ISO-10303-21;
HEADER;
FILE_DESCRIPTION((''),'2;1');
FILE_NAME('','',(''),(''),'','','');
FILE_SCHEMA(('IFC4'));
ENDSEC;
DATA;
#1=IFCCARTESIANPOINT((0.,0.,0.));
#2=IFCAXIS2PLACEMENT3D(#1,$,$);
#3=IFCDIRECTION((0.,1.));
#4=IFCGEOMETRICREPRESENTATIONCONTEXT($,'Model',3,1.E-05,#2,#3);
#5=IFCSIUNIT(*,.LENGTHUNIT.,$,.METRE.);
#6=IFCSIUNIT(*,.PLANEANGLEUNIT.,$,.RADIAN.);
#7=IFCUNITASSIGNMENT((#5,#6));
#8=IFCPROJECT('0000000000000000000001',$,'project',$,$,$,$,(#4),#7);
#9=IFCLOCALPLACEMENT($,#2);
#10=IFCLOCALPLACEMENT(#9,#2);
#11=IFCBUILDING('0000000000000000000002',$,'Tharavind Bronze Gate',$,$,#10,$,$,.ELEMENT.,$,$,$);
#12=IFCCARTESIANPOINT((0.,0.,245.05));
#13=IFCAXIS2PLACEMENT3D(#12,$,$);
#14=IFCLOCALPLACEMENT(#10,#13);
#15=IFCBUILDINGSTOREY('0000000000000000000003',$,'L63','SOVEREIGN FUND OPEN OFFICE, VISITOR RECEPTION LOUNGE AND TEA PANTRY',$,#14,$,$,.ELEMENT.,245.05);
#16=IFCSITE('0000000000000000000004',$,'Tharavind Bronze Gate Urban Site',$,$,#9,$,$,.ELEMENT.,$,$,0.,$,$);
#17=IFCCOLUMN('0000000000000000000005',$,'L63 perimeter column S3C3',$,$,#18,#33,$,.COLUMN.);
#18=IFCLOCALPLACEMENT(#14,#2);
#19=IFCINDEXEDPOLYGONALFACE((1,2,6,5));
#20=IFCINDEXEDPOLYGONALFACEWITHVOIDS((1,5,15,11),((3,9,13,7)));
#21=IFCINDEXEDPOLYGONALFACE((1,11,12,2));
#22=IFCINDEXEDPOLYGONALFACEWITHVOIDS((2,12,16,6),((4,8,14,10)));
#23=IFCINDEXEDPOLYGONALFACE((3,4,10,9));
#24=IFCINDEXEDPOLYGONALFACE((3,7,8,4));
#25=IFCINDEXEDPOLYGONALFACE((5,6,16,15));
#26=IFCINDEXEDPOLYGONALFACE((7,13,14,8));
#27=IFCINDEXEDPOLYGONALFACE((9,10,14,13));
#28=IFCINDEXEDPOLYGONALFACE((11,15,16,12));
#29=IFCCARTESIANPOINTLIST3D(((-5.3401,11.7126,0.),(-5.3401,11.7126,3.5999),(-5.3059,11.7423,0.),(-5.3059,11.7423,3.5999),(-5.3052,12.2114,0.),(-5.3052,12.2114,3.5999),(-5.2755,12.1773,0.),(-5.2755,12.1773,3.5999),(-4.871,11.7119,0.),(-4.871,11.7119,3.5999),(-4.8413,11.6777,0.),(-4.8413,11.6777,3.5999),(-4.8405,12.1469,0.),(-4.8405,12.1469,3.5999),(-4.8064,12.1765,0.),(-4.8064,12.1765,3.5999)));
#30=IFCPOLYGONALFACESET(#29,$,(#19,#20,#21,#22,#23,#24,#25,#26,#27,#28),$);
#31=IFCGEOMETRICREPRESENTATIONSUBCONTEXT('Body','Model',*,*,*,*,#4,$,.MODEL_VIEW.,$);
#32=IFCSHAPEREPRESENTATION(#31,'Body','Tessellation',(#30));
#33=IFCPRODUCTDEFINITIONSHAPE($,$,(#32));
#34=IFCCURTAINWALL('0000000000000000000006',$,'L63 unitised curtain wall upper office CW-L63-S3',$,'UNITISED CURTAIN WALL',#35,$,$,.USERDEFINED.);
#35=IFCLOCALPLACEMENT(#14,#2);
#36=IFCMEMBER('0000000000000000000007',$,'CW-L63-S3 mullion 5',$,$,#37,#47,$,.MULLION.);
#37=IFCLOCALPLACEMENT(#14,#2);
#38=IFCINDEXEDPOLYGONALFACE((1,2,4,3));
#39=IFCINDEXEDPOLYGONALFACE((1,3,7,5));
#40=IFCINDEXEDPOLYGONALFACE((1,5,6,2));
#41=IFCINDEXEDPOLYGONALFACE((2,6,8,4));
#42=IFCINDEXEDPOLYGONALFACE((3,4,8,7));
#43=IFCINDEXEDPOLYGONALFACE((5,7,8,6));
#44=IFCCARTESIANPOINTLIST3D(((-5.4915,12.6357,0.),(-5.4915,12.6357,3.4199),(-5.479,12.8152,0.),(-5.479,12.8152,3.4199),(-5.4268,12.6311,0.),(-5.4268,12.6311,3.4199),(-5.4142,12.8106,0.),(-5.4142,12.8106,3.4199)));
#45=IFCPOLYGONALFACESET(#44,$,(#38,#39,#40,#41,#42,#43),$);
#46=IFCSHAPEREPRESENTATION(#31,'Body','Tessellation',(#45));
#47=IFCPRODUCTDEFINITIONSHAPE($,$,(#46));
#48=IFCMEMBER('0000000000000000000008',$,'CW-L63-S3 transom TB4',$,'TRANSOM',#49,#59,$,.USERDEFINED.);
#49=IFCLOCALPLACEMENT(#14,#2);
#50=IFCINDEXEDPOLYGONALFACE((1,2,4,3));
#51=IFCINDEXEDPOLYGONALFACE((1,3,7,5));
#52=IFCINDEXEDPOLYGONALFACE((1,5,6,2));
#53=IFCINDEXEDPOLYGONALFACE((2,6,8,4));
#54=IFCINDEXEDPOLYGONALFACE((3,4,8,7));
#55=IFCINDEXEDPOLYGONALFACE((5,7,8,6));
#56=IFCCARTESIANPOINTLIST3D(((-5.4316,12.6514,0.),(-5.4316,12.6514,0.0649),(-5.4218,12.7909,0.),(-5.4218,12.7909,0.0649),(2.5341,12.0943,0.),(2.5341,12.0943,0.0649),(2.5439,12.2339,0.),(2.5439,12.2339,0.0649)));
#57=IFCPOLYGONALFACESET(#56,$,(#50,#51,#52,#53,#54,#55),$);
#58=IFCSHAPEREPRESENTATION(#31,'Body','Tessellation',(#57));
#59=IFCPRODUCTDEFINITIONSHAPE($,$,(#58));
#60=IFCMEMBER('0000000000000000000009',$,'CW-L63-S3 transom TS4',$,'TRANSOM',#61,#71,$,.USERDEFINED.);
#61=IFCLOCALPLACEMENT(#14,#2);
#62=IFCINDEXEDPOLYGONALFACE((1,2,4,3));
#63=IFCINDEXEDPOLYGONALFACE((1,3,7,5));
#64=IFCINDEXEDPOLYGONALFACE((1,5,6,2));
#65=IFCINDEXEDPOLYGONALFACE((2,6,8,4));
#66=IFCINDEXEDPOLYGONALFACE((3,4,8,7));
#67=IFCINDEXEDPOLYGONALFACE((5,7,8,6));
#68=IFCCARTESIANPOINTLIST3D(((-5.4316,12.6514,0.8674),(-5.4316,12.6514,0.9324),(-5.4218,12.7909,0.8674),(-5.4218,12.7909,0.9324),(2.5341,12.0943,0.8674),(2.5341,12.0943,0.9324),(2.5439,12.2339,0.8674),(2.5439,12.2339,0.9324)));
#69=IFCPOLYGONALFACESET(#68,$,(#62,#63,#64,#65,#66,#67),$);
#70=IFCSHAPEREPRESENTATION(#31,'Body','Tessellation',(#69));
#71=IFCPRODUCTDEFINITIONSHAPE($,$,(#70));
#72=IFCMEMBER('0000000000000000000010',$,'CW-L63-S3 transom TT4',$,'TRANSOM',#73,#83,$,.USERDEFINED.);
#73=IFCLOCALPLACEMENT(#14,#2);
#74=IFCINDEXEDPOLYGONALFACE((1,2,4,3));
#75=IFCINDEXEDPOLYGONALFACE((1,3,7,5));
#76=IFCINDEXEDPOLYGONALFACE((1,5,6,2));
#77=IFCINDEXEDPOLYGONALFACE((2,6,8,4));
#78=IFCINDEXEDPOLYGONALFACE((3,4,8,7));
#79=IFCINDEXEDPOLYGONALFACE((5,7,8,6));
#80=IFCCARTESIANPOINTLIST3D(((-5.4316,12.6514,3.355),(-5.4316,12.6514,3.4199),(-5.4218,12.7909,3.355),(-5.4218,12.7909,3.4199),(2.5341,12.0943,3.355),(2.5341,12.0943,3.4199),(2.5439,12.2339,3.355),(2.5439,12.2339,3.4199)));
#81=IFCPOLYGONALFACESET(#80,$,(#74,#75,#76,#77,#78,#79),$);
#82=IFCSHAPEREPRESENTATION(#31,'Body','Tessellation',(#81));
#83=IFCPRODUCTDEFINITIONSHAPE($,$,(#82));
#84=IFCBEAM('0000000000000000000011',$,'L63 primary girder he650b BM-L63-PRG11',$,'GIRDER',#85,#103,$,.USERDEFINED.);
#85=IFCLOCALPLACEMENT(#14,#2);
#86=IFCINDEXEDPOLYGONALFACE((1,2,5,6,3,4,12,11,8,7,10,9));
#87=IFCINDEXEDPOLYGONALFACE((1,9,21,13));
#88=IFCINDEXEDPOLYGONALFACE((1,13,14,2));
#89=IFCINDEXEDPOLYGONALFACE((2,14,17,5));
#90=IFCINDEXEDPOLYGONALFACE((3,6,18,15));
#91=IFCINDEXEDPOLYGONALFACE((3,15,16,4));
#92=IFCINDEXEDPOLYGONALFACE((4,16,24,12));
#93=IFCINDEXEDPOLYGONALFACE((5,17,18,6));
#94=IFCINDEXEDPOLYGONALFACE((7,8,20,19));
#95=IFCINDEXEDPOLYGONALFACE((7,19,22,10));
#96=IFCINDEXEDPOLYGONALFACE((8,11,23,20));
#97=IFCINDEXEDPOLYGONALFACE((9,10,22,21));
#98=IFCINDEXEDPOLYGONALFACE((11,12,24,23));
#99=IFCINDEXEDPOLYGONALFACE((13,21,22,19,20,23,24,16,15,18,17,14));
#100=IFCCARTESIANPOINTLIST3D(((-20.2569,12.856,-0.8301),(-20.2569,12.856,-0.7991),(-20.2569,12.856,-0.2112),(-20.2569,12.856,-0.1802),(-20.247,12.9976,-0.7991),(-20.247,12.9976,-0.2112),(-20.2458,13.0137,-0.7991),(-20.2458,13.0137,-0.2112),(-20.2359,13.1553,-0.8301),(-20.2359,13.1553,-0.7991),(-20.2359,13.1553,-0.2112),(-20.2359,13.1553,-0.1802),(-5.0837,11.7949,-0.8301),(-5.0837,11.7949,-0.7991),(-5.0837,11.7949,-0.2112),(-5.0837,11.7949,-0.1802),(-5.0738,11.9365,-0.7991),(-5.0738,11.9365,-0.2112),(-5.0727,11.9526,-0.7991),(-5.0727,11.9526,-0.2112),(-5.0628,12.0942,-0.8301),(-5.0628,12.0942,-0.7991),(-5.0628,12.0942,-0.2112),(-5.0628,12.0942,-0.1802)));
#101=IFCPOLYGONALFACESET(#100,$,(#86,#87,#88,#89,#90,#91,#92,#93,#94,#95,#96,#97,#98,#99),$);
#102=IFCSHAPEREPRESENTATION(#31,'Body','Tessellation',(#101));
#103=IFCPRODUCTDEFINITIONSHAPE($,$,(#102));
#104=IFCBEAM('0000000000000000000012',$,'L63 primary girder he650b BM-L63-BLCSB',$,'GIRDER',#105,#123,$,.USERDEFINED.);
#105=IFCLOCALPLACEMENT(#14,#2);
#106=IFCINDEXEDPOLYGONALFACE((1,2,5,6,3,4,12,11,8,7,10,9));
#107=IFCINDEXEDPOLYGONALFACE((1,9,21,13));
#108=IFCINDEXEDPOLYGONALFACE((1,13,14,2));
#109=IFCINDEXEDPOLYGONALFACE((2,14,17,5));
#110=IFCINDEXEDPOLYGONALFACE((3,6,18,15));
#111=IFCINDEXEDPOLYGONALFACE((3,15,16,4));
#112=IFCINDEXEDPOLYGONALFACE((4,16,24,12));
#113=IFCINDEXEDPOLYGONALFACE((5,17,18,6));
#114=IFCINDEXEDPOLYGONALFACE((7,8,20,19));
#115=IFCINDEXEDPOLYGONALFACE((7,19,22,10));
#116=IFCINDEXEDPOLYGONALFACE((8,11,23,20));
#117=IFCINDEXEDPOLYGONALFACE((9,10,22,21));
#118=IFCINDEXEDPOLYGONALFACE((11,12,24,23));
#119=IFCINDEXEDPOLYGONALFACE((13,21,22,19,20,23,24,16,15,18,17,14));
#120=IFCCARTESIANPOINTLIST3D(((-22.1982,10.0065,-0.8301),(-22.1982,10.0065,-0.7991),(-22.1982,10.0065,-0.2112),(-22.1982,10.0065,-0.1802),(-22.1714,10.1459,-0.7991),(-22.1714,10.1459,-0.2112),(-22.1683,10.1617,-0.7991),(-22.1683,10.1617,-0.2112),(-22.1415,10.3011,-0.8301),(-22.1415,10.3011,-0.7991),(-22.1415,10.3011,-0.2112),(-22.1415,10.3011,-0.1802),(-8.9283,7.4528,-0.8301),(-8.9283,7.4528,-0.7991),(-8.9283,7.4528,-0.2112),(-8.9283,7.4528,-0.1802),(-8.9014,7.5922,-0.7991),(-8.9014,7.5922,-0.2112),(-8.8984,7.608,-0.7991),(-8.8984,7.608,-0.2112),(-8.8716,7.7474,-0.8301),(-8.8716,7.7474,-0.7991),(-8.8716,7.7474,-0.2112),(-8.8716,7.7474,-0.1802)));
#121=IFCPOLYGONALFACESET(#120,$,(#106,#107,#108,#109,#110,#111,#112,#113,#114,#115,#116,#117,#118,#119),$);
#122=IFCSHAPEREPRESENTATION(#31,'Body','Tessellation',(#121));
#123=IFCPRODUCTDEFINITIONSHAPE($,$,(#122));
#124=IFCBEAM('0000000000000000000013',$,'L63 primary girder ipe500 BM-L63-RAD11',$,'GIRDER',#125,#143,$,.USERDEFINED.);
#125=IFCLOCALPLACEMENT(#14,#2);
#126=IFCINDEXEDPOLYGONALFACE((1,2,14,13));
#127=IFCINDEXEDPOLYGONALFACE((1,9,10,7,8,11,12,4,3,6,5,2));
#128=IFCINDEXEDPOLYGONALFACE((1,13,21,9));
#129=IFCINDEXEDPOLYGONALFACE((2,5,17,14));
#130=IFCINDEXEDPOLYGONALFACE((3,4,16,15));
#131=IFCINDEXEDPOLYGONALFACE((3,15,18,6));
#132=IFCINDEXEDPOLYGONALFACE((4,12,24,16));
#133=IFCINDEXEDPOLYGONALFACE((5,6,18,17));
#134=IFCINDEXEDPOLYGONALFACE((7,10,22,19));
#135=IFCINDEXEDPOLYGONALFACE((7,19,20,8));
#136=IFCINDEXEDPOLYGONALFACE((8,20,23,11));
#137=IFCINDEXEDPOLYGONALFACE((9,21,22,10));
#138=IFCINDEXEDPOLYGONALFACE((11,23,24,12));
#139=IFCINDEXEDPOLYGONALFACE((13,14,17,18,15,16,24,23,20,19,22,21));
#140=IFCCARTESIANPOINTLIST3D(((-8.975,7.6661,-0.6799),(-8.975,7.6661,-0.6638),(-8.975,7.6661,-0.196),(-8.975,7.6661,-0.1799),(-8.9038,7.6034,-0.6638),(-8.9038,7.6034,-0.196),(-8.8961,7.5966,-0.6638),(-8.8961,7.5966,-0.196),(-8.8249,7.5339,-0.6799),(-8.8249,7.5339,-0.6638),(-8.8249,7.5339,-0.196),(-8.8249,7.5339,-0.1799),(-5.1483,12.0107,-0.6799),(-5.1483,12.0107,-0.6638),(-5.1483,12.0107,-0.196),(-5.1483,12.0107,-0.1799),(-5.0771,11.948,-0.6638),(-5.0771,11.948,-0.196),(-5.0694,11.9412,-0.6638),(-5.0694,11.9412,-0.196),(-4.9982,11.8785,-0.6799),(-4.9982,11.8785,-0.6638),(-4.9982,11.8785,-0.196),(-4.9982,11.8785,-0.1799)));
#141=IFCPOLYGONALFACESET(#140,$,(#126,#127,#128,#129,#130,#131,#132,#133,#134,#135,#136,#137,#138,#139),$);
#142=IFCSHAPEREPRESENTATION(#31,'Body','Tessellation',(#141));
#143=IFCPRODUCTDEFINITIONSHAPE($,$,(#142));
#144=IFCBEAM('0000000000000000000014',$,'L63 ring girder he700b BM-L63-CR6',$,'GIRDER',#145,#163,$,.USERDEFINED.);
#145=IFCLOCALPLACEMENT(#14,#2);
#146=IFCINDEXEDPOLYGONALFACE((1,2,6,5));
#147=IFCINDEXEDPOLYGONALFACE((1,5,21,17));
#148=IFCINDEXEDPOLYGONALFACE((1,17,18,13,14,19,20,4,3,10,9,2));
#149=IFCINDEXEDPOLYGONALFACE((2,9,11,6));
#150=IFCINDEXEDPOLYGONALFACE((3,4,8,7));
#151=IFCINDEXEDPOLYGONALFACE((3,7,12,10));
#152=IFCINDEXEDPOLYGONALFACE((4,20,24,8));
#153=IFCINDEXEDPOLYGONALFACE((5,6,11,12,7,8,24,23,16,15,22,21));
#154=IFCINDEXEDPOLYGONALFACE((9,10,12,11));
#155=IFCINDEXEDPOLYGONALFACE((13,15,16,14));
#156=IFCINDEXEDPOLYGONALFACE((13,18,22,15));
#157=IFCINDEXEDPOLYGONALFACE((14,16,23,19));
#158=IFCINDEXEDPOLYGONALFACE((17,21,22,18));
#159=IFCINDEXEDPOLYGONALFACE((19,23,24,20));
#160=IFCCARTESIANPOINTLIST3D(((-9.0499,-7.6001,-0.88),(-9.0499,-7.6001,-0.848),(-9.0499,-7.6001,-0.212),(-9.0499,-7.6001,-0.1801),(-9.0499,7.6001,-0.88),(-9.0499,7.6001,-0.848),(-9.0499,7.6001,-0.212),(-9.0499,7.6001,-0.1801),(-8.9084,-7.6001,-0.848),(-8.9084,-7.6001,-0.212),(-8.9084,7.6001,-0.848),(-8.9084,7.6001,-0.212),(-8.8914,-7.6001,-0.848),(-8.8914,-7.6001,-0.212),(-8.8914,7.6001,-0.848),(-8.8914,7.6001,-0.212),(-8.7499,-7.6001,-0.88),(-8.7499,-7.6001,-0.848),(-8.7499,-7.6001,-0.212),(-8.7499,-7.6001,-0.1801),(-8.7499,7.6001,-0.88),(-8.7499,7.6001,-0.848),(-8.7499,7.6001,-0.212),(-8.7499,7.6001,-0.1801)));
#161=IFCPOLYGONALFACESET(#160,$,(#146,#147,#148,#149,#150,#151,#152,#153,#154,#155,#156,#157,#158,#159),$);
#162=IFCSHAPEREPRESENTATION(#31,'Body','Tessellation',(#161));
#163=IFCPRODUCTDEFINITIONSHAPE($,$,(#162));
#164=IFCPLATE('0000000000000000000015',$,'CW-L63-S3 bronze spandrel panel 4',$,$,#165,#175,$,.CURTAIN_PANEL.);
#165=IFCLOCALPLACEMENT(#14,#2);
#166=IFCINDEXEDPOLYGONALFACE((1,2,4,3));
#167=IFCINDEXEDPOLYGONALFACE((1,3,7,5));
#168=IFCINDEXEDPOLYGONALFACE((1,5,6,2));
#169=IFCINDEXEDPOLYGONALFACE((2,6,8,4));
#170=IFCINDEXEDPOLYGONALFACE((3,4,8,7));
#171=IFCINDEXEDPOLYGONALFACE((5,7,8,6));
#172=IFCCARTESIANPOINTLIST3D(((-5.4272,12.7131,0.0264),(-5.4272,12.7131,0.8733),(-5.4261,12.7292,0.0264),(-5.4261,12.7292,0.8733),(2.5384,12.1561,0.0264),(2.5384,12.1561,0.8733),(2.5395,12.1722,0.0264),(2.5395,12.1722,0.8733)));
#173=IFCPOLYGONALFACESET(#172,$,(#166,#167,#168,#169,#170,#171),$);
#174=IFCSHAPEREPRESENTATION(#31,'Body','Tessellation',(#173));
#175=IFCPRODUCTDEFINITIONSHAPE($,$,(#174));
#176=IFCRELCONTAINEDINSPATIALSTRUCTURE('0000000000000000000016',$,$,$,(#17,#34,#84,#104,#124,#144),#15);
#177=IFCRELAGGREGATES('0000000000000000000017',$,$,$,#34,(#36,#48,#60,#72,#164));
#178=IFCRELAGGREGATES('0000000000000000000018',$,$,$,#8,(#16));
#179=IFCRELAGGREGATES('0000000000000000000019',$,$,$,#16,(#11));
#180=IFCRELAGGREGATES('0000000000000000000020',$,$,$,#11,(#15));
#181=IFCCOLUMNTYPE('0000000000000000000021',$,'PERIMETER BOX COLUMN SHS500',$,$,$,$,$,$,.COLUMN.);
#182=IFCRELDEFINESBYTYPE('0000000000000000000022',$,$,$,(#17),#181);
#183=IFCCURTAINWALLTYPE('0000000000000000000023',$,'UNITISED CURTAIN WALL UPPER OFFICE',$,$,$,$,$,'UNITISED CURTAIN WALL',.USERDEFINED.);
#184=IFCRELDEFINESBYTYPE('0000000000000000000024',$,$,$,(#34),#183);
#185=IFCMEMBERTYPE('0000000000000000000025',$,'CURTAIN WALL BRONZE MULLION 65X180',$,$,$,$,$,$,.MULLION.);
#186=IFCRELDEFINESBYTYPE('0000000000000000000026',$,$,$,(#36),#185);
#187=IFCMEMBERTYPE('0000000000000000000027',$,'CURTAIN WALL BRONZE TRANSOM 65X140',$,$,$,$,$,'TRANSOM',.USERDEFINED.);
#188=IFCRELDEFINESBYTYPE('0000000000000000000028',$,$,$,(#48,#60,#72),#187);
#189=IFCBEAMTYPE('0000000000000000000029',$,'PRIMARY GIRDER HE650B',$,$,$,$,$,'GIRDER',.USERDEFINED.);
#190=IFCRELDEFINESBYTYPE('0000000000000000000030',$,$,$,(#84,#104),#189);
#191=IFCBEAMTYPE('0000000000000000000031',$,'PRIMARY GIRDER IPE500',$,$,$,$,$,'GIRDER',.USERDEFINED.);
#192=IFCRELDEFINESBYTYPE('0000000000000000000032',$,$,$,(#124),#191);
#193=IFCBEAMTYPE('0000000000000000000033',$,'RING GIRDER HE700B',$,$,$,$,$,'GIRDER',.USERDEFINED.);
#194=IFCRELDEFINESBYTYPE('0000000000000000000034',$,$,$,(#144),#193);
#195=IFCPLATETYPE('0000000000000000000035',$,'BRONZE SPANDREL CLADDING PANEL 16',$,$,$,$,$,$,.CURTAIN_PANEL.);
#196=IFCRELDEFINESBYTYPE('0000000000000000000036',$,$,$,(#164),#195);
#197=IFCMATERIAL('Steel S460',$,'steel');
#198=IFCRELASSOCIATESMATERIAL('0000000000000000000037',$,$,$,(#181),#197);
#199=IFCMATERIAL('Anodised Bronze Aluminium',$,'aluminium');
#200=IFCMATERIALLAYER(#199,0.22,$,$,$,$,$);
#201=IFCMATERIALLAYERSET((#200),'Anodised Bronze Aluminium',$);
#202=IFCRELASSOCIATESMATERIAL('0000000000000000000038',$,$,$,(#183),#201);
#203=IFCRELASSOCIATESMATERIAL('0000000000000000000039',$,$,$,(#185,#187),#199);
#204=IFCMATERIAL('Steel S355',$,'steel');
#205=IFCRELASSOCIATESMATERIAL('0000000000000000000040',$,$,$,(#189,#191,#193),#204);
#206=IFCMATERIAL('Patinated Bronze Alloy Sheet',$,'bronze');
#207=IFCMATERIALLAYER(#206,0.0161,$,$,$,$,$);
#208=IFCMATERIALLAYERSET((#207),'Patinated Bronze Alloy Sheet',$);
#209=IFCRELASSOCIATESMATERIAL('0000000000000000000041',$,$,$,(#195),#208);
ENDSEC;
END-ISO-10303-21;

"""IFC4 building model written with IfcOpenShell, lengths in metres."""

from ifc_helpers import new_model, si_unit, direction, frame, origin, origin_2d, place, context, subcontext, project, spatial, rectangle, hollow_rectangle, i_section, extrude, material, layer, layer_set, material_profile, profile_set, type_object, element, aggregate, save


model = new_model("IFC4")

# Units and contexts
model_context = context("Model", 3, precision=1e-05, world=origin(), true_north=direction((0.0, 1.0)))
body_context = subcontext(model_context, "Body", "Model", "MODEL_VIEW")
ifc_project = project(units=[si_unit("LENGTHUNIT", "METRE"), si_unit("PLANEANGLEUNIT", "RADIAN")], contexts=[model_context])

# Site, building, storey
site_placement = place(None, origin())
site = spatial("IfcSite", under=ifc_project, at=site_placement, Name="Tharavind Bronze Gate Urban Site", CompositionType="ELEMENT", RefElevation=0.0)
building_placement = place(site_placement, origin())
building = spatial("IfcBuilding", under=site, at=building_placement, Name="Tharavind Bronze Gate", CompositionType="ELEMENT")
storey_placement = place(building_placement, frame((0.0, 0.0, 245.05)))
storey = spatial("IfcBuildingStorey", under=building, at=storey_placement, Name="L63", Description="SOVEREIGN FUND OPEN OFFICE, VISITOR RECEPTION LOUNGE AND TEA PANTRY", CompositionType="ELEMENT", Elevation=245.05)

# Column
ifc_material_1 = material(Name="Steel S460", Category="steel")
ifc_material_profile_1 = material_profile(ifc_material_1, hollow_rectangle(XDim=0.5, YDim=0.5, WallThickness=0.032, at=origin_2d()), Name="SHS500X32")
ifc_profile_set_1 = profile_set([ifc_material_profile_1], Name="Steel S460")
column_type = type_object("IfcColumnType", Name="PERIMETER BOX COLUMN SHS500", PredefinedType="COLUMN", material=ifc_profile_set_1)
column_placement = place(storey_placement, frame((-5.0732, 11.9446, 0.0), z_axis=(0.0, 0.0, 1.0), x_axis=(-0.997564, 0.069756, 0.0)))
element("IfcColumn", 1, at=column_placement, inside=storey, type_object=column_type, Name="L63 perimeter column S3C3", PredefinedType="COLUMN", context=body_context, shape_type="SweptSolid", body=[
    extrude(hollow_rectangle(XDim=0.5, YDim=0.5, WallThickness=0.032, at=origin_2d()), origin(), (0.0, 0.0, 1.0), 3.5999),
])

# Curtain wall, members
ifc_material_2 = material(Name="Anodised Bronze Aluminium", Category="aluminium")
ifc_layer_1 = layer(ifc_material_2, 0.22)
ifc_layer_set_1 = layer_set([ifc_layer_1], Name="Anodised Bronze Aluminium")
curtain_wall_type = type_object("IfcCurtainWallType", Name="UNITISED CURTAIN WALL UPPER OFFICE", ElementType="UNITISED CURTAIN WALL", PredefinedType="USERDEFINED", material=ifc_layer_set_1)
curtain_wall_placement = place(storey_placement, origin())
curtain_wall = element("IfcCurtainWall", 2, at=curtain_wall_placement, inside=storey, type_object=curtain_wall_type, Name="L63 unitised curtain wall upper office CW-L63-S3", ObjectType="UNITISED CURTAIN WALL", PredefinedType="USERDEFINED")
member_type_1 = type_object("IfcMemberType", Name="CURTAIN WALL BRONZE MULLION 65X180", PredefinedType="MULLION", material=ifc_material_2)
member_1_placement = place(storey_placement, frame((-5.4529, 12.7231, 0.0), z_axis=(0.0, 0.0, 1.0), x_axis=(-0.997564, 0.069758, 0.0)))
member_1 = element("IfcMember", 3, at=member_1_placement, type_object=member_type_1, Name="CW-L63-S3 mullion 5", PredefinedType="MULLION", context=body_context, shape_type="SweptSolid", body=[
    extrude(rectangle(XDim=0.0649, YDim=0.1799, at=origin_2d()), origin(), (0.0, 0.0, 1.0), 3.4199),
])
member_type_2 = type_object("IfcMemberType", Name="CURTAIN WALL BRONZE TRANSOM 65X140", ElementType="TRANSOM", PredefinedType="USERDEFINED", material=ifc_material_2)
member_2_placement = place(storey_placement, frame((-1.4438, 12.4426, 0.0), z_axis=(0.0, 0.0, 1.0), x_axis=(-0.997564, 0.069758, 0.0)))
member_2 = element("IfcMember", 4, at=member_2_placement, type_object=member_type_2, Name="CW-L63-S3 transom TB4", ObjectType="TRANSOM", PredefinedType="USERDEFINED", context=body_context, shape_type="SweptSolid", body=[
    extrude(rectangle(XDim=7.9851, YDim=0.1399, at=origin_2d()), origin(), (0.0, 0.0, 1.0), 0.0649),
])
member_3_placement = place(storey_placement, frame((-1.4438, 12.4426, 0.8674), z_axis=(0.0, 0.0, 1.0), x_axis=(-0.997564, 0.069758, 0.0)))
member_3 = element("IfcMember", 5, at=member_3_placement, type_object=member_type_2, Name="CW-L63-S3 transom TS4", ObjectType="TRANSOM", PredefinedType="USERDEFINED", context=body_context, shape_type="SweptSolid", body=[
    extrude(rectangle(XDim=7.9851, YDim=0.1399, at=origin_2d()), origin(), (0.0, 0.0, 1.0), 0.0649),
])
member_4_placement = place(storey_placement, frame((-1.4438, 12.4426, 3.355), z_axis=(0.0, 0.0, 1.0), x_axis=(-0.997564, 0.069758, 0.0)))
member_4 = element("IfcMember", 6, at=member_4_placement, type_object=member_type_2, Name="CW-L63-S3 transom TT4", ObjectType="TRANSOM", PredefinedType="USERDEFINED", context=body_context, shape_type="SweptSolid", body=[
    extrude(rectangle(XDim=7.9851, YDim=0.1399, at=origin_2d()), origin(), (0.0, 0.0, 1.0), 0.0649),
])

# Beams
ifc_material_3 = material(Name="Steel S355", Category="steel")
ifc_material_profile_2 = material_profile(ifc_material_3, i_section(OverallWidth=0.3, OverallDepth=0.6499, WebThickness=0.0161, FlangeThickness=0.031, at=origin_2d()), Name="HE650B")
ifc_profile_set_2 = profile_set([ifc_material_profile_2], Name="Steel S355")
beam_type_1 = type_object("IfcBeamType", Name="PRIMARY GIRDER HE650B", ElementType="GIRDER", PredefinedType="USERDEFINED", material=ifc_profile_set_2)
beam_1_placement = place(storey_placement, frame((-5.0732, 11.9446, -0.5051), z_axis=(-0.997564, 0.069758, 0.0), x_axis=(-0.069758, -0.997564, 0.0)))
element("IfcBeam", 7, at=beam_1_placement, inside=storey, type_object=beam_type_1, Name="L63 primary girder he650b BM-L63-PRG11", ObjectType="GIRDER", PredefinedType="USERDEFINED", context=body_context, shape_type="SweptSolid", body=[
    extrude(i_section(OverallWidth=0.3, OverallDepth=0.6499, WebThickness=0.0161, FlangeThickness=0.031, at=origin_2d()), origin(), (0.0, 0.0, 1.0), 15.2102),
])
beam_2_placement = place(storey_placement, frame((-8.8999, 7.6001, -0.5051), z_axis=(-0.981982, 0.188975, 0.0), x_axis=(-0.188975, -0.981982, 0.0)))
element("IfcBeam", 8, at=beam_2_placement, inside=storey, type_object=beam_type_1, Name="L63 primary girder he650b BM-L63-BLCSB", ObjectType="GIRDER", PredefinedType="USERDEFINED", context=body_context, shape_type="SweptSolid", body=[
    extrude(i_section(OverallWidth=0.3, OverallDepth=0.6499, WebThickness=0.0161, FlangeThickness=0.031, at=origin_2d()), origin(), (0.0, 0.0, 1.0), 13.5134),
])
ifc_material_profile_3 = material_profile(ifc_material_3, i_section(OverallWidth=0.2, OverallDepth=0.5, WebThickness=0.0103, FlangeThickness=0.0161, at=origin_2d()), Name="IPE500")
ifc_profile_set_3 = profile_set([ifc_material_profile_3], Name="Steel S355")
beam_type_2 = type_object("IfcBeamType", Name="PRIMARY GIRDER IPE500", ElementType="GIRDER", PredefinedType="USERDEFINED", material=ifc_profile_set_3)
beam_3_placement = place(storey_placement, frame((-5.0732, 11.9446, -0.4299), z_axis=(-0.66097, -0.750412, 0.0), x_axis=(0.750412, -0.66097, 0.0)))
element("IfcBeam", 9, at=beam_3_placement, inside=storey, type_object=beam_type_2, Name="L63 primary girder ipe500 BM-L63-RAD11", ObjectType="GIRDER", PredefinedType="USERDEFINED", context=body_context, shape_type="SweptSolid", body=[
    extrude(i_section(OverallWidth=0.2, OverallDepth=0.5, WebThickness=0.0103, FlangeThickness=0.0161, at=origin_2d()), origin(), (0.0, 0.0, 1.0), 5.7896),
])
ifc_material_profile_4 = material_profile(ifc_material_3, i_section(OverallWidth=0.3, OverallDepth=0.7, WebThickness=0.0171, FlangeThickness=0.032, at=origin_2d()), Name="HE700B")
ifc_profile_set_4 = profile_set([ifc_material_profile_4], Name="Steel S355")
beam_type_3 = type_object("IfcBeamType", Name="RING GIRDER HE700B", ElementType="GIRDER", PredefinedType="USERDEFINED", material=ifc_profile_set_4)
beam_4_placement = place(storey_placement, frame((-8.8999, 7.6001, -0.53), z_axis=(0.0, -1.0, 0.0), x_axis=(1.0, 0.0, 0.0)))
element("IfcBeam", 10, at=beam_4_placement, inside=storey, type_object=beam_type_3, Name="L63 ring girder he700b BM-L63-CR6", ObjectType="GIRDER", PredefinedType="USERDEFINED", context=body_context, shape_type="SweptSolid", body=[
    extrude(i_section(OverallWidth=0.3, OverallDepth=0.7, WebThickness=0.0171, FlangeThickness=0.032, at=origin_2d()), origin(), (0.0, 0.0, 1.0), 15.2002),
])

# Plate
ifc_material_4 = material(Name="Patinated Bronze Alloy Sheet", Category="bronze")
ifc_layer_2 = layer(ifc_material_4, 0.0161)
ifc_layer_set_2 = layer_set([ifc_layer_2], Name="Patinated Bronze Alloy Sheet")
plate_type_1 = type_object("IfcPlateType", Name="BRONZE SPANDREL CLADDING PANEL 16", PredefinedType="CURTAIN_PANEL", material=ifc_layer_set_2)
plate_1_placement = place(storey_placement, frame((-1.4438, 12.4426, 0.0264), z_axis=(0.0, 0.0, 1.0), x_axis=(-0.997564, 0.069758, 0.0)))
plate_1 = element("IfcPlate", 11, at=plate_1_placement, type_object=plate_type_1, Name="CW-L63-S3 bronze spandrel panel 4", PredefinedType="CURTAIN_PANEL", context=body_context, shape_type="SweptSolid", body=[
    extrude(rectangle(XDim=7.9851, YDim=0.0161, at=origin_2d()), origin(), (0.0, 0.0, 1.0), 0.8469),
])
aggregate(curtain_wall, [member_1, member_2, member_3, member_4, plate_1])

save(model, "model.ifc")
